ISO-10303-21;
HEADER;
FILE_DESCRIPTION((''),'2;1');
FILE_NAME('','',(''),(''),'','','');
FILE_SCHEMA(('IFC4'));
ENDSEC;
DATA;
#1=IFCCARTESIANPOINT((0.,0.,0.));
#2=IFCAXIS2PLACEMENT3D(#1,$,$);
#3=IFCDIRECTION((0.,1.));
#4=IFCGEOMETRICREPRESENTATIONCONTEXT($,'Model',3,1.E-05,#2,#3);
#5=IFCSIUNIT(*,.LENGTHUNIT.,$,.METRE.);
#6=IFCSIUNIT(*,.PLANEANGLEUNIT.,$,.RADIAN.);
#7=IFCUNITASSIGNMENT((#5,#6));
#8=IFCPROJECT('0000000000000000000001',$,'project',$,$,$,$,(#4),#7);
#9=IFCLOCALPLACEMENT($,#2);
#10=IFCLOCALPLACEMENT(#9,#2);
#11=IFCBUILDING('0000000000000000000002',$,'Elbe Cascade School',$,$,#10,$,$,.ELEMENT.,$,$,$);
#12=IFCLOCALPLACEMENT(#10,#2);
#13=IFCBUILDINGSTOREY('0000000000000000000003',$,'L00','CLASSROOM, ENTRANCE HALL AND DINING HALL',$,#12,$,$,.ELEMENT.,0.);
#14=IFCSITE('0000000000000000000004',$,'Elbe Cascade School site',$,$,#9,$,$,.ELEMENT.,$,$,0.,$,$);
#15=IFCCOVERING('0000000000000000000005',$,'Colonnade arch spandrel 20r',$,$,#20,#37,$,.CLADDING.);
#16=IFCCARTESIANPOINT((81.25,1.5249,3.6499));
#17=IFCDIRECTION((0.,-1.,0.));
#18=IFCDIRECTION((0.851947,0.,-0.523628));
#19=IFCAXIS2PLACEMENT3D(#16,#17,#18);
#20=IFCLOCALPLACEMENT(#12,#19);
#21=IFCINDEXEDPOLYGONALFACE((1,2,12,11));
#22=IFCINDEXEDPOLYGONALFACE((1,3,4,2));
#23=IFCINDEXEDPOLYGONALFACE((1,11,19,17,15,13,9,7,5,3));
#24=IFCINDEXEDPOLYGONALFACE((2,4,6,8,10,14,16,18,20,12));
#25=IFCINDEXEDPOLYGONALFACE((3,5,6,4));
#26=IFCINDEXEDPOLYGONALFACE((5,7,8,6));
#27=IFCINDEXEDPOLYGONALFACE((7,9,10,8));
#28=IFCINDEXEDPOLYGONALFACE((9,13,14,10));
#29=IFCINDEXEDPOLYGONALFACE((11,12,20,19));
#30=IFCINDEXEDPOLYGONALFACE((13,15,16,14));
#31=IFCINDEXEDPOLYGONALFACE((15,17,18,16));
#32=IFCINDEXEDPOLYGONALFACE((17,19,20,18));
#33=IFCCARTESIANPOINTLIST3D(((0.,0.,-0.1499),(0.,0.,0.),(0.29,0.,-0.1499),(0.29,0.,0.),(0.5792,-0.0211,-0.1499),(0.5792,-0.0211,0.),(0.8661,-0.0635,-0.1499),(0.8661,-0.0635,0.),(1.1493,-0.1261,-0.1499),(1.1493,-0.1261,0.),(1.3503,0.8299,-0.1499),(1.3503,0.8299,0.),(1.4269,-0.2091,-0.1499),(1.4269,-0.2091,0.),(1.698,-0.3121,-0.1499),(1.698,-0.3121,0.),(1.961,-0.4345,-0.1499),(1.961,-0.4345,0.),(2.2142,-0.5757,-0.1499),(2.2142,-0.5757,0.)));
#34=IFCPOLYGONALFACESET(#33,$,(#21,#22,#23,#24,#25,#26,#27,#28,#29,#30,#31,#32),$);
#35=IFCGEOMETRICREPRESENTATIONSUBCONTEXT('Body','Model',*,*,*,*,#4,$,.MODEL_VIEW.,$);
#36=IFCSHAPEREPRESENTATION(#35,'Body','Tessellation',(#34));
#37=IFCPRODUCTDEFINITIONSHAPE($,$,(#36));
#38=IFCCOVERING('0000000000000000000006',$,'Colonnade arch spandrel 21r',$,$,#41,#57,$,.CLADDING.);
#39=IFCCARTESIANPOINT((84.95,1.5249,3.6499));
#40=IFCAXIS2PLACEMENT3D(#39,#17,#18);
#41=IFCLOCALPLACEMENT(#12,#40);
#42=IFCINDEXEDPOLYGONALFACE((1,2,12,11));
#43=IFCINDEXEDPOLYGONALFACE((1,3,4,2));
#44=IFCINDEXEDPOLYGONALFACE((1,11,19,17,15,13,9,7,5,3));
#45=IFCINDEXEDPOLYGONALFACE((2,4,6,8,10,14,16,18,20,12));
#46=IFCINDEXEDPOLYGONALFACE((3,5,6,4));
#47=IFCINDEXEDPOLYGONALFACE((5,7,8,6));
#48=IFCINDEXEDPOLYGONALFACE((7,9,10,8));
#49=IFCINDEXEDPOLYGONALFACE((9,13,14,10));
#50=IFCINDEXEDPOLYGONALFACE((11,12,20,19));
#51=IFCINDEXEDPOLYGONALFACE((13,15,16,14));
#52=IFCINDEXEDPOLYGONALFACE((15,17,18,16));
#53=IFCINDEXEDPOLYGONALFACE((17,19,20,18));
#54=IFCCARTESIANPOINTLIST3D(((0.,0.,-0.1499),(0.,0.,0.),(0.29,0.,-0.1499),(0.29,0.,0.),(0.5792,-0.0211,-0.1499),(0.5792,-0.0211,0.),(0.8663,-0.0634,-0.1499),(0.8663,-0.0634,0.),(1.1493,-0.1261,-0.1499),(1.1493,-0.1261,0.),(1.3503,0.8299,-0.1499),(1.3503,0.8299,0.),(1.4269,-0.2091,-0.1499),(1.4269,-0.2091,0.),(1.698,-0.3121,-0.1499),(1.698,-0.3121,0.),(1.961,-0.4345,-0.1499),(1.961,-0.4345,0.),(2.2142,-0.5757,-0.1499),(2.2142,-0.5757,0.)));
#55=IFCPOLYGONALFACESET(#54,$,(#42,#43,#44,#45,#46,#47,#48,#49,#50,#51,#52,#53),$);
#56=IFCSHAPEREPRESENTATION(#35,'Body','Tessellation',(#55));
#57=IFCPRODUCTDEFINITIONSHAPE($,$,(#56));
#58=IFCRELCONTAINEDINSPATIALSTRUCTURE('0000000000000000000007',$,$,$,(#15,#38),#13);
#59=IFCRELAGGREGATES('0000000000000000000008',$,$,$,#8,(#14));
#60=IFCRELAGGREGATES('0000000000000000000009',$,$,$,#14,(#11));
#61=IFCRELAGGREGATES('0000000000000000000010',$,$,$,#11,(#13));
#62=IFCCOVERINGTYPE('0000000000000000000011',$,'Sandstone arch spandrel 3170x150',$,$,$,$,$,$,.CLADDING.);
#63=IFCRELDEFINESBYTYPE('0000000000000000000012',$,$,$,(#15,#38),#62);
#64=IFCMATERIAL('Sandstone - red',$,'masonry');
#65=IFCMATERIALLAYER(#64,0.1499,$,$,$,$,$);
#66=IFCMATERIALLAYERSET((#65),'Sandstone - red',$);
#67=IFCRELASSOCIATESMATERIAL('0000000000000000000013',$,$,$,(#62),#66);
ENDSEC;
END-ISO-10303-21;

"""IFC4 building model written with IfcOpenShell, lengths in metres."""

from ifc_helpers import new_model, si_unit, direction, frame, origin, place, context, subcontext, project, spatial, polyline, outline, extrude, material, layer, layer_set, type_object, element, save


model = new_model("IFC4")

# Units and contexts
model_context = context("Model", 3, precision=1e-05, world=origin(), true_north=direction((0.0, 1.0)))
body_context = subcontext(model_context, "Body", "Model", "MODEL_VIEW")
ifc_project = project(units=[si_unit("LENGTHUNIT", "METRE"), si_unit("PLANEANGLEUNIT", "RADIAN")], contexts=[model_context])

# Site, building, storey
site_placement = place(None, origin())
site = spatial("IfcSite", under=ifc_project, at=site_placement, Name="Elbe Cascade School site", CompositionType="ELEMENT", RefElevation=0.0)
building_placement = place(site_placement, origin())
building = spatial("IfcBuilding", under=site, at=building_placement, Name="Elbe Cascade School", CompositionType="ELEMENT")
storey_placement = place(building_placement, origin())
storey = spatial("IfcBuildingStorey", under=building, at=storey_placement, Name="L00", Description="CLASSROOM, ENTRANCE HALL AND DINING HALL", CompositionType="ELEMENT", Elevation=0.0)

# Coverings
ifc_material_1 = material(Name="Sandstone - red", Category="masonry")
ifc_layer_1 = layer(ifc_material_1, 0.1499)
ifc_layer_set_1 = layer_set([ifc_layer_1], Name="Sandstone - red")
covering_type_1 = type_object("IfcCoveringType", Name="Sandstone arch spandrel 3170x150", PredefinedType="CLADDING", material=ifc_layer_set_1)
covering_1_placement = place(storey_placement, frame((81.25, 1.5249, 3.6499), z_axis=(0.0, -1.0, 0.0), x_axis=(0.851947, 0.0, -0.523628)))
element("IfcCovering", 1, at=covering_1_placement, inside=storey, type_object=covering_type_1, Name="Colonnade arch spandrel 20r", PredefinedType="CLADDING", context=body_context, shape_type="SweptSolid", body=[
    extrude(outline(polyline([(0.0, 0.0), (0.29, 0.0), (0.5792, -0.0211), (0.8661, -0.0635), (1.1493, -0.1261), (1.4269, -0.2091), (1.698, -0.3121), (1.961, -0.4345), (2.2142, -0.5757), (1.3503, 0.8299), (0.0, 0.0)])), origin(), (0.0, 0.0, -1.0), 0.1499),
])
covering_2_placement = place(storey_placement, frame((84.95, 1.5249, 3.6499), z_axis=(0.0, -1.0, 0.0), x_axis=(0.851947, 0.0, -0.523628)))
element("IfcCovering", 2, at=covering_2_placement, inside=storey, type_object=covering_type_1, Name="Colonnade arch spandrel 21r", PredefinedType="CLADDING", context=body_context, shape_type="SweptSolid", body=[
    extrude(outline(polyline([(0.0, 0.0), (0.29, 0.0), (0.5792, -0.0211), (0.8663, -0.0634), (1.1493, -0.1261), (1.4269, -0.2091), (1.698, -0.3121), (1.961, -0.4345), (2.2142, -0.5757), (1.3503, 0.8299), (0.0, 0.0)])), origin(), (0.0, 0.0, -1.0), 0.1499),
])

save(model, "model.ifc")
